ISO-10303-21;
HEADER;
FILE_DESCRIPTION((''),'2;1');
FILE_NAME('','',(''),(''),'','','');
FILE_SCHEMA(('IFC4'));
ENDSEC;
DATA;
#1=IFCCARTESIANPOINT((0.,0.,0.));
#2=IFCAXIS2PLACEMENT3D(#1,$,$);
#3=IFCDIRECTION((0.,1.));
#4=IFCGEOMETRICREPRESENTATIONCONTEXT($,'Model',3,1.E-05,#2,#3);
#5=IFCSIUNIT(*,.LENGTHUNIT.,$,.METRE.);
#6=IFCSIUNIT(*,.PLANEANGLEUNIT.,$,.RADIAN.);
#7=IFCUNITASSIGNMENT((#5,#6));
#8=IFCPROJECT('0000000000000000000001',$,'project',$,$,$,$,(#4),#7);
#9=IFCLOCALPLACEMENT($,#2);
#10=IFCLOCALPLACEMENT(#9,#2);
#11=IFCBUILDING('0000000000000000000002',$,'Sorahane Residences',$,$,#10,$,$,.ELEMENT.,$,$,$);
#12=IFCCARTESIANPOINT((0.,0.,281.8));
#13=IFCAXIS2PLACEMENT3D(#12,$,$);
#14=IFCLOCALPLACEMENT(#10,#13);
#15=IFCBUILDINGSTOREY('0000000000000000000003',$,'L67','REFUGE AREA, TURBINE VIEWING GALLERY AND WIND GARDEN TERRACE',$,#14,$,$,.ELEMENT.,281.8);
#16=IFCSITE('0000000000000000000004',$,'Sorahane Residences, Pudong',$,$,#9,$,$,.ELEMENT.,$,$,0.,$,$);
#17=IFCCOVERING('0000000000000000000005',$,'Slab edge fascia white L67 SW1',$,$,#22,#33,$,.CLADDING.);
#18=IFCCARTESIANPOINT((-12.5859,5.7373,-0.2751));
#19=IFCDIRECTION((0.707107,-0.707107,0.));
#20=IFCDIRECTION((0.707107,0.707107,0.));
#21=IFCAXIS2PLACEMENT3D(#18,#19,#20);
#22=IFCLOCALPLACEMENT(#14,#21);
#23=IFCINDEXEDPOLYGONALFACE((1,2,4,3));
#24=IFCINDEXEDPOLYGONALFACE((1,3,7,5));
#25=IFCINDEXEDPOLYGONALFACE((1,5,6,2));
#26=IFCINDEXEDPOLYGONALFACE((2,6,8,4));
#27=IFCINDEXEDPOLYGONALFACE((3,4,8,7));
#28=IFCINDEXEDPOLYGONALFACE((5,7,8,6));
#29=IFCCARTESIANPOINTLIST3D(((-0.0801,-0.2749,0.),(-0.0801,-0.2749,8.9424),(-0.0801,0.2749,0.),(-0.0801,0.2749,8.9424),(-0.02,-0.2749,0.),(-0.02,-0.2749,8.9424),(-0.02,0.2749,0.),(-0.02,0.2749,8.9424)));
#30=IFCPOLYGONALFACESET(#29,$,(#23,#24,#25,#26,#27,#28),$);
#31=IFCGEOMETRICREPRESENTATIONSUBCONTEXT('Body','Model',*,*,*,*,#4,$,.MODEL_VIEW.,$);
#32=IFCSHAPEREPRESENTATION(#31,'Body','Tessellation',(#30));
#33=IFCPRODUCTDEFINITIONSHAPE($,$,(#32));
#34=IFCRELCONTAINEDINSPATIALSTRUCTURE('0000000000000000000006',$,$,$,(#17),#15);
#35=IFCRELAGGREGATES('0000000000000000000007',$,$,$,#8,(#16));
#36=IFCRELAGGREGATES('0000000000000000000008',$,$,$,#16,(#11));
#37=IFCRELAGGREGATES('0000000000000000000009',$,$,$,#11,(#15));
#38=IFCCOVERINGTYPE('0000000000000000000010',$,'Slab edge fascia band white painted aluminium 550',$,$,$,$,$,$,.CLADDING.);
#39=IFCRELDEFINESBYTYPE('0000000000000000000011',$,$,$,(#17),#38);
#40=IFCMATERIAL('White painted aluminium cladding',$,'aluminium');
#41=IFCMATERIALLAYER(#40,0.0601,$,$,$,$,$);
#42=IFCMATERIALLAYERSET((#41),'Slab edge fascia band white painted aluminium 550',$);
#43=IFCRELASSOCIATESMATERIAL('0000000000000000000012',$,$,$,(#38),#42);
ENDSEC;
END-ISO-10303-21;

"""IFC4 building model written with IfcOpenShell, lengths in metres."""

from ifc_helpers import new_model, si_unit, direction, frame, origin, place, context, subcontext, project, spatial, polyline, outline, extrude, material, layer, layer_set, type_object, element, save


model = new_model("IFC4")

# Units and contexts
model_context = context("Model", 3, precision=1e-05, world=origin(), true_north=direction((0.0, 1.0)))
body_context = subcontext(model_context, "Body", "Model", "MODEL_VIEW")
ifc_project = project(units=[si_unit("LENGTHUNIT", "METRE"), si_unit("PLANEANGLEUNIT", "RADIAN")], contexts=[model_context])

# Site, building, storey
site_placement = place(None, origin())
site = spatial("IfcSite", under=ifc_project, at=site_placement, Name="Sorahane Residences, Pudong", CompositionType="ELEMENT", RefElevation=0.0)
building_placement = place(site_placement, origin())
building = spatial("IfcBuilding", under=site, at=building_placement, Name="Sorahane Residences", CompositionType="ELEMENT")
storey_placement = place(building_placement, frame((0.0, 0.0, 281.8)))
storey = spatial("IfcBuildingStorey", under=building, at=storey_placement, Name="L67", Description="REFUGE AREA, TURBINE VIEWING GALLERY AND WIND GARDEN TERRACE", CompositionType="ELEMENT", Elevation=281.8)

# Covering
ifc_material_1 = material(Name="White painted aluminium cladding", Category="aluminium")
ifc_layer_1 = layer(ifc_material_1, 0.0601)
ifc_layer_set_1 = layer_set([ifc_layer_1], Name="Slab edge fascia band white painted aluminium 550")
covering_type = type_object("IfcCoveringType", Name="Slab edge fascia band white painted aluminium 550", PredefinedType="CLADDING", material=ifc_layer_set_1)
covering_placement = place(storey_placement, frame((-12.5859, 5.7373, -0.2751), z_axis=(0.707107, -0.707107, 0.0), x_axis=(0.707107, 0.707107, 0.0)))
element("IfcCovering", 1, at=covering_placement, inside=storey, type_object=covering_type, Name="Slab edge fascia white L67 SW1", PredefinedType="CLADDING", context=body_context, shape_type="SweptSolid", body=[
    extrude(outline(polyline([(-0.02, 0.2749), (-0.0801, 0.2749), (-0.0801, -0.2749), (-0.02, -0.2749), (-0.02, 0.2749)])), origin(), (0.0, 0.0, 1.0), 8.9424),
])

save(model, "model.ifc")
